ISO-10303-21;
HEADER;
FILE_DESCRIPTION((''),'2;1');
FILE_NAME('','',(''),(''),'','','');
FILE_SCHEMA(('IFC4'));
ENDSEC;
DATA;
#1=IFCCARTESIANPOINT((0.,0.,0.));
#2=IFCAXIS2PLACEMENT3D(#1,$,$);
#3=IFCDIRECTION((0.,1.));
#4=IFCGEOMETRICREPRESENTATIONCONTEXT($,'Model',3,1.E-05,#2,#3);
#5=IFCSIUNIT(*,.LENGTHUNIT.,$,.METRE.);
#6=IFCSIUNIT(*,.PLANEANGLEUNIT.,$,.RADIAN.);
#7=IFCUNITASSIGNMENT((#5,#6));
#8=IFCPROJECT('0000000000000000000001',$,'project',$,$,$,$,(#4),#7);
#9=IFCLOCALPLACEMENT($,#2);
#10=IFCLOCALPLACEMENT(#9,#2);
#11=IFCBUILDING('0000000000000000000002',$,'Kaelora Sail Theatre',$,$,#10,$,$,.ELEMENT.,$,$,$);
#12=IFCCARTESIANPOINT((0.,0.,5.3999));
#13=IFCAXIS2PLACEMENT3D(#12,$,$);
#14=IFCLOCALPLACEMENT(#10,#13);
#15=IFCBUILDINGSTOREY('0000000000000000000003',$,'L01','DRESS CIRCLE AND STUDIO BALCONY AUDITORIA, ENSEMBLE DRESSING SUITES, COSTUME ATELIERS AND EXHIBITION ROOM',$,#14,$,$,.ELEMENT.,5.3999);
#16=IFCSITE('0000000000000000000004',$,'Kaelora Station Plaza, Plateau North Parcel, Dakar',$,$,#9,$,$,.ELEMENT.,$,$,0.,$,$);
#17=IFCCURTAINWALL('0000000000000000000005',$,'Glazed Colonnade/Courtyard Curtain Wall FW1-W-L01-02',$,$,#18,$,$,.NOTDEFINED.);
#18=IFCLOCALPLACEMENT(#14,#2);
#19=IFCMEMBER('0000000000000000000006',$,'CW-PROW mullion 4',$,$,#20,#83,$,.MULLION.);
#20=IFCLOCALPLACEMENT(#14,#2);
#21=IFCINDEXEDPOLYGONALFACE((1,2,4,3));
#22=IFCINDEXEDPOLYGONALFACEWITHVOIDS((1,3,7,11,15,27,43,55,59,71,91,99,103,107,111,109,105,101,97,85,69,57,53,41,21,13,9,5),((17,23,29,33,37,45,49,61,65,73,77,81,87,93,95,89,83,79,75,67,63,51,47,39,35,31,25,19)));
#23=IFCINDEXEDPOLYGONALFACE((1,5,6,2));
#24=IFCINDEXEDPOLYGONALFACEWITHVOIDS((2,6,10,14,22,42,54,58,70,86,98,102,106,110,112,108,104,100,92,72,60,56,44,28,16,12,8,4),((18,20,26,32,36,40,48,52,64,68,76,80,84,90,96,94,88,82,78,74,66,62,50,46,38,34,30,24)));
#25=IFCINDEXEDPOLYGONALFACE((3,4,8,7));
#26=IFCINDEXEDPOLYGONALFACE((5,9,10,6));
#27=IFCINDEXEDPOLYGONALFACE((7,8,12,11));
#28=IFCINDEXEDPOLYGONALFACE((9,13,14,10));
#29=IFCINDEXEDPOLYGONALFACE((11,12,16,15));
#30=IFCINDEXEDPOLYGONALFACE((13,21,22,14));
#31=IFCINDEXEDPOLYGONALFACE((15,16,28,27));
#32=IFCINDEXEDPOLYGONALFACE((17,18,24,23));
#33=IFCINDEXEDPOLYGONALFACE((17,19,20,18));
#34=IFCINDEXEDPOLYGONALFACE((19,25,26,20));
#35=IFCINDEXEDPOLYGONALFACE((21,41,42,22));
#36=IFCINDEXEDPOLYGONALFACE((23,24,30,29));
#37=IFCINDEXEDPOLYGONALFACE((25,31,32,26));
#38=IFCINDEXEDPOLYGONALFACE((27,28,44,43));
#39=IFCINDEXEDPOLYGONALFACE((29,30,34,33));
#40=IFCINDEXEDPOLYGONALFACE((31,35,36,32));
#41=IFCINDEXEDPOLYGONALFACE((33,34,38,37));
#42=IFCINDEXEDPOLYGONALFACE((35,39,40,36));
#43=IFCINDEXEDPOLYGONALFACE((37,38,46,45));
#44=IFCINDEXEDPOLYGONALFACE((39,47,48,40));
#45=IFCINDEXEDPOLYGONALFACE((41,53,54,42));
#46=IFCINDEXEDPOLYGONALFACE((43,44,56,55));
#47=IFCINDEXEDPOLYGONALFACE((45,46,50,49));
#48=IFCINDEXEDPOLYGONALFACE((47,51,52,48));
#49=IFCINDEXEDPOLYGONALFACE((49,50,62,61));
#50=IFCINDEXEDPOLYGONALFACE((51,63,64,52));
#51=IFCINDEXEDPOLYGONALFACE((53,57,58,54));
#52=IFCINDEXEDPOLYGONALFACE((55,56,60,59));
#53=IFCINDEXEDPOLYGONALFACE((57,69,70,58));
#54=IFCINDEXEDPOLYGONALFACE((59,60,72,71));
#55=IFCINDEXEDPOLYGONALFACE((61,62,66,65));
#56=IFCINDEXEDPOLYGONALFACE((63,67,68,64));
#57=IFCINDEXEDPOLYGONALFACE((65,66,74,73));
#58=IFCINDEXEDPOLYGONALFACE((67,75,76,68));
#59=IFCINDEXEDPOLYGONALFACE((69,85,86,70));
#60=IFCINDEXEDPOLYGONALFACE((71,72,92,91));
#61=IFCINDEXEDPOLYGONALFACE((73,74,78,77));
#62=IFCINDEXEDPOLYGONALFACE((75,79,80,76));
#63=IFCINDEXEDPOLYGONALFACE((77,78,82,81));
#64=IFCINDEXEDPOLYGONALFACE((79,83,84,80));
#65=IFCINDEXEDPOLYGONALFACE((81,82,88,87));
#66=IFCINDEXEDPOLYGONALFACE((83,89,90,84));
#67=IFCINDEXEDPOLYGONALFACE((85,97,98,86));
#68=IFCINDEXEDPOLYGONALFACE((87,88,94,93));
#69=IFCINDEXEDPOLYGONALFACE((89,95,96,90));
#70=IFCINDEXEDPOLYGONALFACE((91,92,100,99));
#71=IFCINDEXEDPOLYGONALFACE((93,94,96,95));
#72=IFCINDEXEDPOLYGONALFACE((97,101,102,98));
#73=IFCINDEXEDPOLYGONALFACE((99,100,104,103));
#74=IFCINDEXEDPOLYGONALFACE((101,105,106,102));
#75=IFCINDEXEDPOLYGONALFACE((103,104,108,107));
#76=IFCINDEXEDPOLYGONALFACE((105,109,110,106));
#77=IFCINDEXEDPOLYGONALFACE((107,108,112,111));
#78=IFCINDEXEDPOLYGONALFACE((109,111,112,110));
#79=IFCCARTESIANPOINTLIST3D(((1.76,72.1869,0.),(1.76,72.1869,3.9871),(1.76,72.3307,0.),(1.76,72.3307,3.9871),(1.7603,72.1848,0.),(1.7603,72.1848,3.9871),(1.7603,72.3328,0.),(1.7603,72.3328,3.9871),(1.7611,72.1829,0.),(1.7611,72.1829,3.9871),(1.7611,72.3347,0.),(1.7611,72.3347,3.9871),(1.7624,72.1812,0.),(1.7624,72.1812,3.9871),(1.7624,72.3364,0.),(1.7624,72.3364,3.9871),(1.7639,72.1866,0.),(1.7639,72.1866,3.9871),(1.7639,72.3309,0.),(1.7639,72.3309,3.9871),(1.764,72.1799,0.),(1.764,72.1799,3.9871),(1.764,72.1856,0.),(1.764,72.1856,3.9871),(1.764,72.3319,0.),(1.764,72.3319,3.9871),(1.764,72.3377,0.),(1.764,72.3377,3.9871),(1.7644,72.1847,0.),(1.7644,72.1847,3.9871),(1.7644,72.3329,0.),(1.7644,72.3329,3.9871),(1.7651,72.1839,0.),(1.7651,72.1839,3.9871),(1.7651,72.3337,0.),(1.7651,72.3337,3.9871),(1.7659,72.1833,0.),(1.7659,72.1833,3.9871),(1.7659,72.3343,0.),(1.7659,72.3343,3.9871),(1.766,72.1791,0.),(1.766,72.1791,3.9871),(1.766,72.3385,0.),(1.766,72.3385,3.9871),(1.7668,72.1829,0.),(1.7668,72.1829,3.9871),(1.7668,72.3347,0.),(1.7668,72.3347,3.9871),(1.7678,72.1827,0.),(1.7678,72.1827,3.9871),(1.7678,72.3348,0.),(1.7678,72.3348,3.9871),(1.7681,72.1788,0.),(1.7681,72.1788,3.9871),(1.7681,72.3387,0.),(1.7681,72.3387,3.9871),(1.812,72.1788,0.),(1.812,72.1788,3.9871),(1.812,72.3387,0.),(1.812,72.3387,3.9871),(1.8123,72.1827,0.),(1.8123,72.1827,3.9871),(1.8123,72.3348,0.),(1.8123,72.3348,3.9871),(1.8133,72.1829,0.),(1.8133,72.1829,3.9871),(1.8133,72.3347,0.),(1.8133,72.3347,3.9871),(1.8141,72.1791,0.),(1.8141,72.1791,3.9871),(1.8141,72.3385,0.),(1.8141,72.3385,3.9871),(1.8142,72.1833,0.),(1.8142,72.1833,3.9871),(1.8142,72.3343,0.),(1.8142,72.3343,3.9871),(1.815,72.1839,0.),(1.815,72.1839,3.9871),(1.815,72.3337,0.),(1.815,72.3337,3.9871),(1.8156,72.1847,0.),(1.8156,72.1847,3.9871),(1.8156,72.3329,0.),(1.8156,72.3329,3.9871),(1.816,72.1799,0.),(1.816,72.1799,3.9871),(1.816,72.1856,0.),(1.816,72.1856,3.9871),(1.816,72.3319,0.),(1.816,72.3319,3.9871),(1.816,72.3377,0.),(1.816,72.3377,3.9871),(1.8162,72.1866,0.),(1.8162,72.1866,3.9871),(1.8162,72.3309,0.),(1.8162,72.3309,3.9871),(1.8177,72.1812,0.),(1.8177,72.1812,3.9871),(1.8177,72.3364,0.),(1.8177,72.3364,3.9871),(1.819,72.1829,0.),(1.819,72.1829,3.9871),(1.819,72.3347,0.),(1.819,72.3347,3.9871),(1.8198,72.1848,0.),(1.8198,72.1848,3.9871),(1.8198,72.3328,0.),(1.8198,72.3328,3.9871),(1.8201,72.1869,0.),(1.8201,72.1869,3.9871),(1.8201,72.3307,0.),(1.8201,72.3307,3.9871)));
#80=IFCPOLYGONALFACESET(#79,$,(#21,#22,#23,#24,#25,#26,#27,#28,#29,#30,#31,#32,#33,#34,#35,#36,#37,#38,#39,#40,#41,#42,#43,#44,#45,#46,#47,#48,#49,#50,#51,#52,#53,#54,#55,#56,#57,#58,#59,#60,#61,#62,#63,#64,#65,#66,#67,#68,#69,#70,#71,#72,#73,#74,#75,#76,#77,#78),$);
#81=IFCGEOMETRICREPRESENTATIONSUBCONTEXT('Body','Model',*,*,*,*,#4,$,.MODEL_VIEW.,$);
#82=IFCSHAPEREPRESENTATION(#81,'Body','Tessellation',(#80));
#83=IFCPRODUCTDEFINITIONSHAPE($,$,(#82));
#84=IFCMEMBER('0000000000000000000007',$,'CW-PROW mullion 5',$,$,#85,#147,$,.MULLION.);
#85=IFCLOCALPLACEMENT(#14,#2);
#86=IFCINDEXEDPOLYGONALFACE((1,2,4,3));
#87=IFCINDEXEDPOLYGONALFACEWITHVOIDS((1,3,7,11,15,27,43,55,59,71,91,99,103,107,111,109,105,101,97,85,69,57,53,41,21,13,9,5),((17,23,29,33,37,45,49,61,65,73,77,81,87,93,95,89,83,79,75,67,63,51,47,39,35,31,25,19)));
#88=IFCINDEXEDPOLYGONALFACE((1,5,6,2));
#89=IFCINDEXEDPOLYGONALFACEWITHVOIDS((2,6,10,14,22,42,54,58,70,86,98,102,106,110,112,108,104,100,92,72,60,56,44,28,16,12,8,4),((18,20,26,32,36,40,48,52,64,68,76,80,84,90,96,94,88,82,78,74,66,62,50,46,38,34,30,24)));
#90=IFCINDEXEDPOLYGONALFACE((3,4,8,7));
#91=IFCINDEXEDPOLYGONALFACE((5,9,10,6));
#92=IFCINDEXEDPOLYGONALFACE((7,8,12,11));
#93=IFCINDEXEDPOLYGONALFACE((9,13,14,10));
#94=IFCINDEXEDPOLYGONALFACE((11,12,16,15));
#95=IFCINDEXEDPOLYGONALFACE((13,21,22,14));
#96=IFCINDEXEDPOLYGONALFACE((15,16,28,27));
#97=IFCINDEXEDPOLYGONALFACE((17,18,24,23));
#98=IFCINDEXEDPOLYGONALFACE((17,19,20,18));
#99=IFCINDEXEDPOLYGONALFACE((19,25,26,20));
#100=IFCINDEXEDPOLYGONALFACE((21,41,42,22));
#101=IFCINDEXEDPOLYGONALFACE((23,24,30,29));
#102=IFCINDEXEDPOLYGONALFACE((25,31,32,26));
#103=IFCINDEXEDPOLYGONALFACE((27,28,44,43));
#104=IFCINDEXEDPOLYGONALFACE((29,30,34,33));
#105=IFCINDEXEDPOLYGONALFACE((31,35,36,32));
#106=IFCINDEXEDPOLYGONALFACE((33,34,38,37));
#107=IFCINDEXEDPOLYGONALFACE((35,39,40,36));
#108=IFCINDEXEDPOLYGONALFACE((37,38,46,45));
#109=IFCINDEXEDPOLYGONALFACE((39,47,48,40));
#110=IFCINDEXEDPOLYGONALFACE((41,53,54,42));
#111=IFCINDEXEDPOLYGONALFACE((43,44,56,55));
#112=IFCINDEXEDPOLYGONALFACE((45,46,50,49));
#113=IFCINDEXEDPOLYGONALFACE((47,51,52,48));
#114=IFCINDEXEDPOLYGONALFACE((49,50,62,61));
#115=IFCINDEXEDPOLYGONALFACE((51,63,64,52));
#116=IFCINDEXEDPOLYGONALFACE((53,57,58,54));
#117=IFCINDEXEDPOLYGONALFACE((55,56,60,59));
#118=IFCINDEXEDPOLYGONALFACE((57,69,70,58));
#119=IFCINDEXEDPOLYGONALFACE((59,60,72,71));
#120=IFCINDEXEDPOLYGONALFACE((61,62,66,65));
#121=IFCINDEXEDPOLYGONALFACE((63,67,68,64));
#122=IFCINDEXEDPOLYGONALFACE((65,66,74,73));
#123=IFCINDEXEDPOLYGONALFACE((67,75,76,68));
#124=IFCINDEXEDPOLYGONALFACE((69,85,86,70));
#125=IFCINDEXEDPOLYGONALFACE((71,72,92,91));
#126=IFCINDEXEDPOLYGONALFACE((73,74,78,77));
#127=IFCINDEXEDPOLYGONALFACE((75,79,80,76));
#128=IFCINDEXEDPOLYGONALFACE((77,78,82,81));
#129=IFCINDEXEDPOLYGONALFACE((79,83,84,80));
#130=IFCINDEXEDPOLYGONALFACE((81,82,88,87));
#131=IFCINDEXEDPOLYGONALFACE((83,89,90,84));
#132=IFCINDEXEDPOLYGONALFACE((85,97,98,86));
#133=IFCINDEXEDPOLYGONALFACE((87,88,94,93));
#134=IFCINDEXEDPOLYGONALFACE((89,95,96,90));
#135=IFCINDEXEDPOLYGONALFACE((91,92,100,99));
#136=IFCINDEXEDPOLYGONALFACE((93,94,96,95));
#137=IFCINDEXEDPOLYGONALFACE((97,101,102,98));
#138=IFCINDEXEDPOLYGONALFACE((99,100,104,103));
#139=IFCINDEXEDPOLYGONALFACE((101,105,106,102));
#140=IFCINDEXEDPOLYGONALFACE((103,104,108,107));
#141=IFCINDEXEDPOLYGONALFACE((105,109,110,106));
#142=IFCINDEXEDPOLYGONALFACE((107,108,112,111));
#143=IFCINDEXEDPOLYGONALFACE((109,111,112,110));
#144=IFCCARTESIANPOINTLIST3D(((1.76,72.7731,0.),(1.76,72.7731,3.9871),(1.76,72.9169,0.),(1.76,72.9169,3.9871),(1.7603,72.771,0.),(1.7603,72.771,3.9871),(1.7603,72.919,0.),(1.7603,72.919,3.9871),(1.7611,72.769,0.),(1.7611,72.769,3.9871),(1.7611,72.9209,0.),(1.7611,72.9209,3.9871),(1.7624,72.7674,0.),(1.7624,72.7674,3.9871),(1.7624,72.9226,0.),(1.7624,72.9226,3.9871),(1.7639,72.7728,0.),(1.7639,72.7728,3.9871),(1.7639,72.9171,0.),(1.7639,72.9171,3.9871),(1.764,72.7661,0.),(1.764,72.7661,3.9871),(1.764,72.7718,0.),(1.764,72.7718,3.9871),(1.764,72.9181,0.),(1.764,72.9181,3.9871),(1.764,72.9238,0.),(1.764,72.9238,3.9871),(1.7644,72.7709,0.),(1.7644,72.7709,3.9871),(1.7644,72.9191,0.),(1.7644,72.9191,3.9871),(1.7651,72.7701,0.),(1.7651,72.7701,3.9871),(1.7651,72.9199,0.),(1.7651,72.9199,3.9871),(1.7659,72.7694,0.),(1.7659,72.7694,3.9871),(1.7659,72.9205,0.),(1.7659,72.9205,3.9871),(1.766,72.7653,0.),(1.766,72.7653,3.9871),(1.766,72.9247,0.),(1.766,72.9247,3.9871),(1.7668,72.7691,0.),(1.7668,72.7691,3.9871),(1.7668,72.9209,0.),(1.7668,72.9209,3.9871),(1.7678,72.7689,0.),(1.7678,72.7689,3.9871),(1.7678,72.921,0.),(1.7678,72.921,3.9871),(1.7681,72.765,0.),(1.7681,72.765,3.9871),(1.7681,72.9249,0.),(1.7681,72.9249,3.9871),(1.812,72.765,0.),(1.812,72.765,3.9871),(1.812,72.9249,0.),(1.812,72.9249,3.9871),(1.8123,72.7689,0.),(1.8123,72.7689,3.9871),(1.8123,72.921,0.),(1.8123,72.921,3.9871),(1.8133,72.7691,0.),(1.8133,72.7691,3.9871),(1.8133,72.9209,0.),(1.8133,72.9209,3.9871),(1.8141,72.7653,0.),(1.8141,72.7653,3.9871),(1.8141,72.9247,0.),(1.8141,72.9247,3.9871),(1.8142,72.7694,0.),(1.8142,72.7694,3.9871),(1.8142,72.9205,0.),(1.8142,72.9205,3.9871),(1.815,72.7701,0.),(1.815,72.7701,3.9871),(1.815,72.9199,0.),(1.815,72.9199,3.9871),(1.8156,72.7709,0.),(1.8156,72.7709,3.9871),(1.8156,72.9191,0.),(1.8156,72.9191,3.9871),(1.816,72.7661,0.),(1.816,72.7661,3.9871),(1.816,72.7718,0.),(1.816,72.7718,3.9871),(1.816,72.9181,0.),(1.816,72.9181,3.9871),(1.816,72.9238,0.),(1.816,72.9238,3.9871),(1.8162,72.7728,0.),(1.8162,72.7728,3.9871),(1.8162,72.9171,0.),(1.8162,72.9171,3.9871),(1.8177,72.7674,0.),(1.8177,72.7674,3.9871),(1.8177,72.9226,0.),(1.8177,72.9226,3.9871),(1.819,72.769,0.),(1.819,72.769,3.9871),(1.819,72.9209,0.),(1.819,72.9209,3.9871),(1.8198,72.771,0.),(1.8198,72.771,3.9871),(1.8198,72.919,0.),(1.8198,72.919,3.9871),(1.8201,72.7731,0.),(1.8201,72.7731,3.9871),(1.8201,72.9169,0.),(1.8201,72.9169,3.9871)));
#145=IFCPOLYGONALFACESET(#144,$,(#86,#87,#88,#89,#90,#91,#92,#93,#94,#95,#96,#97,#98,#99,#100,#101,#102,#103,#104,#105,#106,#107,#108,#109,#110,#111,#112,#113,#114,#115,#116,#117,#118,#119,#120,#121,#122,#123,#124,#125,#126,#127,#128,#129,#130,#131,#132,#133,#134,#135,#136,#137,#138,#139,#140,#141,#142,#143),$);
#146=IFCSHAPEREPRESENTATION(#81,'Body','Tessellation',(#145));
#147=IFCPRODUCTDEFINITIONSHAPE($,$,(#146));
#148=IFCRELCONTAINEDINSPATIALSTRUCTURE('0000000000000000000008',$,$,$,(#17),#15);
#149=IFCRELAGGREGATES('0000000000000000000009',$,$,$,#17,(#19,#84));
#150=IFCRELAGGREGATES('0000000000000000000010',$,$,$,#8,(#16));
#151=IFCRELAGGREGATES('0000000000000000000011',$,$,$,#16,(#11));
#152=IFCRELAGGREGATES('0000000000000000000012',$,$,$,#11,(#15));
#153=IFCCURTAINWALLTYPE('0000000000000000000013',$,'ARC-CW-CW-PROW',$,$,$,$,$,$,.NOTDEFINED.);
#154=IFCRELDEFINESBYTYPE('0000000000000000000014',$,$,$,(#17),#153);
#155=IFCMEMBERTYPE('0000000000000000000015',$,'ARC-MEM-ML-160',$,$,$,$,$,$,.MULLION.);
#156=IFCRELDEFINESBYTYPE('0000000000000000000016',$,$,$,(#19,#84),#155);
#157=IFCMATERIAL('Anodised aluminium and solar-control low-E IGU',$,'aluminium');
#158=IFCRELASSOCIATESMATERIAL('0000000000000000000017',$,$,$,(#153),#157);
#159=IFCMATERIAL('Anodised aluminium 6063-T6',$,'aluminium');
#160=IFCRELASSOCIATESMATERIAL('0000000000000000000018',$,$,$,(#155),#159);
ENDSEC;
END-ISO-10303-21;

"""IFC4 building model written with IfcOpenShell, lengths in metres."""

from ifc_helpers import new_model, si_unit, direction, frame, origin, origin_2d, place, context, subcontext, project, spatial, hollow_rectangle, extrude, material, material_profile, profile_set, type_object, element, aggregate, save


model = new_model("IFC4")

# Units and contexts
model_context = context("Model", 3, precision=1e-05, world=origin(), true_north=direction((0.0, 1.0)))
body_context = subcontext(model_context, "Body", "Model", "MODEL_VIEW")
ifc_project = project(units=[si_unit("LENGTHUNIT", "METRE"), si_unit("PLANEANGLEUNIT", "RADIAN")], contexts=[model_context])

# Site, building, storey
site_placement = place(None, origin())
site = spatial("IfcSite", under=ifc_project, at=site_placement, Name="Kaelora Station Plaza, Plateau North Parcel, Dakar", CompositionType="ELEMENT", RefElevation=0.0)
building_placement = place(site_placement, origin())
building = spatial("IfcBuilding", under=site, at=building_placement, Name="Kaelora Sail Theatre", CompositionType="ELEMENT")
storey_placement = place(building_placement, frame((0.0, 0.0, 5.3999)))
storey = spatial("IfcBuildingStorey", under=building, at=storey_placement, Name="L01", Description="DRESS CIRCLE AND STUDIO BALCONY AUDITORIA, ENSEMBLE DRESSING SUITES, COSTUME ATELIERS AND EXHIBITION ROOM", CompositionType="ELEMENT", Elevation=5.3999)

# Curtain wall, members
ifc_material_1 = material(Name="Anodised aluminium and solar-control low-E IGU", Category="aluminium")
curtain_wall_type = type_object("IfcCurtainWallType", Name="ARC-CW-CW-PROW", PredefinedType="NOTDEFINED", material=ifc_material_1)
curtain_wall_placement = place(storey_placement, origin())
curtain_wall = element("IfcCurtainWall", 1, at=curtain_wall_placement, inside=storey, type_object=curtain_wall_type, Name="Glazed Colonnade/Courtyard Curtain Wall FW1-W-L01-02", PredefinedType="NOTDEFINED")
ifc_material_2 = material(Name="Anodised aluminium 6063-T6", Category="aluminium")
ifc_material_profile_1 = material_profile(ifc_material_2, hollow_rectangle(XDim=0.0601, YDim=0.1599, WallThickness=0.0039, InnerFilletRadius=0.0039, OuterFilletRadius=0.0081, at=origin_2d()), Name="ALU-MULL 60x160x4")
ifc_profile_set_1 = profile_set([ifc_material_profile_1], Name="Anodised aluminium 6063-T6")
member_type_1 = type_object("IfcMemberType", Name="ARC-MEM-ML-160", PredefinedType="MULLION", material=ifc_profile_set_1)
member_1_placement = place(storey_placement, frame((1.79, 72.2588, 0.0), z_axis=(0.0, 0.0, 1.0), x_axis=(-1.0, 0.0, 0.0)))
member_1 = element("IfcMember", 2, at=member_1_placement, type_object=member_type_1, Name="CW-PROW mullion 4", PredefinedType="MULLION", context=body_context, shape_type="SweptSolid", body=[
    extrude(hollow_rectangle(XDim=0.0601, YDim=0.1599, WallThickness=0.0039, InnerFilletRadius=0.0039, OuterFilletRadius=0.0081, at=origin_2d()), origin(), (0.0, 0.0, 1.0), 3.9871),
])
member_2_placement = place(storey_placement, frame((1.79, 72.845, 0.0), z_axis=(0.0, 0.0, 1.0), x_axis=(-1.0, 0.0, 0.0)))
member_2 = element("IfcMember", 3, at=member_2_placement, type_object=member_type_1, Name="CW-PROW mullion 5", PredefinedType="MULLION", context=body_context, shape_type="SweptSolid", body=[
    extrude(hollow_rectangle(XDim=0.0601, YDim=0.1599, WallThickness=0.0039, InnerFilletRadius=0.0039, OuterFilletRadius=0.0081, at=origin_2d()), origin(), (0.0, 0.0, 1.0), 3.9871),
])

aggregate(curtain_wall, [member_1, member_2])

save(model, "model.ifc")
